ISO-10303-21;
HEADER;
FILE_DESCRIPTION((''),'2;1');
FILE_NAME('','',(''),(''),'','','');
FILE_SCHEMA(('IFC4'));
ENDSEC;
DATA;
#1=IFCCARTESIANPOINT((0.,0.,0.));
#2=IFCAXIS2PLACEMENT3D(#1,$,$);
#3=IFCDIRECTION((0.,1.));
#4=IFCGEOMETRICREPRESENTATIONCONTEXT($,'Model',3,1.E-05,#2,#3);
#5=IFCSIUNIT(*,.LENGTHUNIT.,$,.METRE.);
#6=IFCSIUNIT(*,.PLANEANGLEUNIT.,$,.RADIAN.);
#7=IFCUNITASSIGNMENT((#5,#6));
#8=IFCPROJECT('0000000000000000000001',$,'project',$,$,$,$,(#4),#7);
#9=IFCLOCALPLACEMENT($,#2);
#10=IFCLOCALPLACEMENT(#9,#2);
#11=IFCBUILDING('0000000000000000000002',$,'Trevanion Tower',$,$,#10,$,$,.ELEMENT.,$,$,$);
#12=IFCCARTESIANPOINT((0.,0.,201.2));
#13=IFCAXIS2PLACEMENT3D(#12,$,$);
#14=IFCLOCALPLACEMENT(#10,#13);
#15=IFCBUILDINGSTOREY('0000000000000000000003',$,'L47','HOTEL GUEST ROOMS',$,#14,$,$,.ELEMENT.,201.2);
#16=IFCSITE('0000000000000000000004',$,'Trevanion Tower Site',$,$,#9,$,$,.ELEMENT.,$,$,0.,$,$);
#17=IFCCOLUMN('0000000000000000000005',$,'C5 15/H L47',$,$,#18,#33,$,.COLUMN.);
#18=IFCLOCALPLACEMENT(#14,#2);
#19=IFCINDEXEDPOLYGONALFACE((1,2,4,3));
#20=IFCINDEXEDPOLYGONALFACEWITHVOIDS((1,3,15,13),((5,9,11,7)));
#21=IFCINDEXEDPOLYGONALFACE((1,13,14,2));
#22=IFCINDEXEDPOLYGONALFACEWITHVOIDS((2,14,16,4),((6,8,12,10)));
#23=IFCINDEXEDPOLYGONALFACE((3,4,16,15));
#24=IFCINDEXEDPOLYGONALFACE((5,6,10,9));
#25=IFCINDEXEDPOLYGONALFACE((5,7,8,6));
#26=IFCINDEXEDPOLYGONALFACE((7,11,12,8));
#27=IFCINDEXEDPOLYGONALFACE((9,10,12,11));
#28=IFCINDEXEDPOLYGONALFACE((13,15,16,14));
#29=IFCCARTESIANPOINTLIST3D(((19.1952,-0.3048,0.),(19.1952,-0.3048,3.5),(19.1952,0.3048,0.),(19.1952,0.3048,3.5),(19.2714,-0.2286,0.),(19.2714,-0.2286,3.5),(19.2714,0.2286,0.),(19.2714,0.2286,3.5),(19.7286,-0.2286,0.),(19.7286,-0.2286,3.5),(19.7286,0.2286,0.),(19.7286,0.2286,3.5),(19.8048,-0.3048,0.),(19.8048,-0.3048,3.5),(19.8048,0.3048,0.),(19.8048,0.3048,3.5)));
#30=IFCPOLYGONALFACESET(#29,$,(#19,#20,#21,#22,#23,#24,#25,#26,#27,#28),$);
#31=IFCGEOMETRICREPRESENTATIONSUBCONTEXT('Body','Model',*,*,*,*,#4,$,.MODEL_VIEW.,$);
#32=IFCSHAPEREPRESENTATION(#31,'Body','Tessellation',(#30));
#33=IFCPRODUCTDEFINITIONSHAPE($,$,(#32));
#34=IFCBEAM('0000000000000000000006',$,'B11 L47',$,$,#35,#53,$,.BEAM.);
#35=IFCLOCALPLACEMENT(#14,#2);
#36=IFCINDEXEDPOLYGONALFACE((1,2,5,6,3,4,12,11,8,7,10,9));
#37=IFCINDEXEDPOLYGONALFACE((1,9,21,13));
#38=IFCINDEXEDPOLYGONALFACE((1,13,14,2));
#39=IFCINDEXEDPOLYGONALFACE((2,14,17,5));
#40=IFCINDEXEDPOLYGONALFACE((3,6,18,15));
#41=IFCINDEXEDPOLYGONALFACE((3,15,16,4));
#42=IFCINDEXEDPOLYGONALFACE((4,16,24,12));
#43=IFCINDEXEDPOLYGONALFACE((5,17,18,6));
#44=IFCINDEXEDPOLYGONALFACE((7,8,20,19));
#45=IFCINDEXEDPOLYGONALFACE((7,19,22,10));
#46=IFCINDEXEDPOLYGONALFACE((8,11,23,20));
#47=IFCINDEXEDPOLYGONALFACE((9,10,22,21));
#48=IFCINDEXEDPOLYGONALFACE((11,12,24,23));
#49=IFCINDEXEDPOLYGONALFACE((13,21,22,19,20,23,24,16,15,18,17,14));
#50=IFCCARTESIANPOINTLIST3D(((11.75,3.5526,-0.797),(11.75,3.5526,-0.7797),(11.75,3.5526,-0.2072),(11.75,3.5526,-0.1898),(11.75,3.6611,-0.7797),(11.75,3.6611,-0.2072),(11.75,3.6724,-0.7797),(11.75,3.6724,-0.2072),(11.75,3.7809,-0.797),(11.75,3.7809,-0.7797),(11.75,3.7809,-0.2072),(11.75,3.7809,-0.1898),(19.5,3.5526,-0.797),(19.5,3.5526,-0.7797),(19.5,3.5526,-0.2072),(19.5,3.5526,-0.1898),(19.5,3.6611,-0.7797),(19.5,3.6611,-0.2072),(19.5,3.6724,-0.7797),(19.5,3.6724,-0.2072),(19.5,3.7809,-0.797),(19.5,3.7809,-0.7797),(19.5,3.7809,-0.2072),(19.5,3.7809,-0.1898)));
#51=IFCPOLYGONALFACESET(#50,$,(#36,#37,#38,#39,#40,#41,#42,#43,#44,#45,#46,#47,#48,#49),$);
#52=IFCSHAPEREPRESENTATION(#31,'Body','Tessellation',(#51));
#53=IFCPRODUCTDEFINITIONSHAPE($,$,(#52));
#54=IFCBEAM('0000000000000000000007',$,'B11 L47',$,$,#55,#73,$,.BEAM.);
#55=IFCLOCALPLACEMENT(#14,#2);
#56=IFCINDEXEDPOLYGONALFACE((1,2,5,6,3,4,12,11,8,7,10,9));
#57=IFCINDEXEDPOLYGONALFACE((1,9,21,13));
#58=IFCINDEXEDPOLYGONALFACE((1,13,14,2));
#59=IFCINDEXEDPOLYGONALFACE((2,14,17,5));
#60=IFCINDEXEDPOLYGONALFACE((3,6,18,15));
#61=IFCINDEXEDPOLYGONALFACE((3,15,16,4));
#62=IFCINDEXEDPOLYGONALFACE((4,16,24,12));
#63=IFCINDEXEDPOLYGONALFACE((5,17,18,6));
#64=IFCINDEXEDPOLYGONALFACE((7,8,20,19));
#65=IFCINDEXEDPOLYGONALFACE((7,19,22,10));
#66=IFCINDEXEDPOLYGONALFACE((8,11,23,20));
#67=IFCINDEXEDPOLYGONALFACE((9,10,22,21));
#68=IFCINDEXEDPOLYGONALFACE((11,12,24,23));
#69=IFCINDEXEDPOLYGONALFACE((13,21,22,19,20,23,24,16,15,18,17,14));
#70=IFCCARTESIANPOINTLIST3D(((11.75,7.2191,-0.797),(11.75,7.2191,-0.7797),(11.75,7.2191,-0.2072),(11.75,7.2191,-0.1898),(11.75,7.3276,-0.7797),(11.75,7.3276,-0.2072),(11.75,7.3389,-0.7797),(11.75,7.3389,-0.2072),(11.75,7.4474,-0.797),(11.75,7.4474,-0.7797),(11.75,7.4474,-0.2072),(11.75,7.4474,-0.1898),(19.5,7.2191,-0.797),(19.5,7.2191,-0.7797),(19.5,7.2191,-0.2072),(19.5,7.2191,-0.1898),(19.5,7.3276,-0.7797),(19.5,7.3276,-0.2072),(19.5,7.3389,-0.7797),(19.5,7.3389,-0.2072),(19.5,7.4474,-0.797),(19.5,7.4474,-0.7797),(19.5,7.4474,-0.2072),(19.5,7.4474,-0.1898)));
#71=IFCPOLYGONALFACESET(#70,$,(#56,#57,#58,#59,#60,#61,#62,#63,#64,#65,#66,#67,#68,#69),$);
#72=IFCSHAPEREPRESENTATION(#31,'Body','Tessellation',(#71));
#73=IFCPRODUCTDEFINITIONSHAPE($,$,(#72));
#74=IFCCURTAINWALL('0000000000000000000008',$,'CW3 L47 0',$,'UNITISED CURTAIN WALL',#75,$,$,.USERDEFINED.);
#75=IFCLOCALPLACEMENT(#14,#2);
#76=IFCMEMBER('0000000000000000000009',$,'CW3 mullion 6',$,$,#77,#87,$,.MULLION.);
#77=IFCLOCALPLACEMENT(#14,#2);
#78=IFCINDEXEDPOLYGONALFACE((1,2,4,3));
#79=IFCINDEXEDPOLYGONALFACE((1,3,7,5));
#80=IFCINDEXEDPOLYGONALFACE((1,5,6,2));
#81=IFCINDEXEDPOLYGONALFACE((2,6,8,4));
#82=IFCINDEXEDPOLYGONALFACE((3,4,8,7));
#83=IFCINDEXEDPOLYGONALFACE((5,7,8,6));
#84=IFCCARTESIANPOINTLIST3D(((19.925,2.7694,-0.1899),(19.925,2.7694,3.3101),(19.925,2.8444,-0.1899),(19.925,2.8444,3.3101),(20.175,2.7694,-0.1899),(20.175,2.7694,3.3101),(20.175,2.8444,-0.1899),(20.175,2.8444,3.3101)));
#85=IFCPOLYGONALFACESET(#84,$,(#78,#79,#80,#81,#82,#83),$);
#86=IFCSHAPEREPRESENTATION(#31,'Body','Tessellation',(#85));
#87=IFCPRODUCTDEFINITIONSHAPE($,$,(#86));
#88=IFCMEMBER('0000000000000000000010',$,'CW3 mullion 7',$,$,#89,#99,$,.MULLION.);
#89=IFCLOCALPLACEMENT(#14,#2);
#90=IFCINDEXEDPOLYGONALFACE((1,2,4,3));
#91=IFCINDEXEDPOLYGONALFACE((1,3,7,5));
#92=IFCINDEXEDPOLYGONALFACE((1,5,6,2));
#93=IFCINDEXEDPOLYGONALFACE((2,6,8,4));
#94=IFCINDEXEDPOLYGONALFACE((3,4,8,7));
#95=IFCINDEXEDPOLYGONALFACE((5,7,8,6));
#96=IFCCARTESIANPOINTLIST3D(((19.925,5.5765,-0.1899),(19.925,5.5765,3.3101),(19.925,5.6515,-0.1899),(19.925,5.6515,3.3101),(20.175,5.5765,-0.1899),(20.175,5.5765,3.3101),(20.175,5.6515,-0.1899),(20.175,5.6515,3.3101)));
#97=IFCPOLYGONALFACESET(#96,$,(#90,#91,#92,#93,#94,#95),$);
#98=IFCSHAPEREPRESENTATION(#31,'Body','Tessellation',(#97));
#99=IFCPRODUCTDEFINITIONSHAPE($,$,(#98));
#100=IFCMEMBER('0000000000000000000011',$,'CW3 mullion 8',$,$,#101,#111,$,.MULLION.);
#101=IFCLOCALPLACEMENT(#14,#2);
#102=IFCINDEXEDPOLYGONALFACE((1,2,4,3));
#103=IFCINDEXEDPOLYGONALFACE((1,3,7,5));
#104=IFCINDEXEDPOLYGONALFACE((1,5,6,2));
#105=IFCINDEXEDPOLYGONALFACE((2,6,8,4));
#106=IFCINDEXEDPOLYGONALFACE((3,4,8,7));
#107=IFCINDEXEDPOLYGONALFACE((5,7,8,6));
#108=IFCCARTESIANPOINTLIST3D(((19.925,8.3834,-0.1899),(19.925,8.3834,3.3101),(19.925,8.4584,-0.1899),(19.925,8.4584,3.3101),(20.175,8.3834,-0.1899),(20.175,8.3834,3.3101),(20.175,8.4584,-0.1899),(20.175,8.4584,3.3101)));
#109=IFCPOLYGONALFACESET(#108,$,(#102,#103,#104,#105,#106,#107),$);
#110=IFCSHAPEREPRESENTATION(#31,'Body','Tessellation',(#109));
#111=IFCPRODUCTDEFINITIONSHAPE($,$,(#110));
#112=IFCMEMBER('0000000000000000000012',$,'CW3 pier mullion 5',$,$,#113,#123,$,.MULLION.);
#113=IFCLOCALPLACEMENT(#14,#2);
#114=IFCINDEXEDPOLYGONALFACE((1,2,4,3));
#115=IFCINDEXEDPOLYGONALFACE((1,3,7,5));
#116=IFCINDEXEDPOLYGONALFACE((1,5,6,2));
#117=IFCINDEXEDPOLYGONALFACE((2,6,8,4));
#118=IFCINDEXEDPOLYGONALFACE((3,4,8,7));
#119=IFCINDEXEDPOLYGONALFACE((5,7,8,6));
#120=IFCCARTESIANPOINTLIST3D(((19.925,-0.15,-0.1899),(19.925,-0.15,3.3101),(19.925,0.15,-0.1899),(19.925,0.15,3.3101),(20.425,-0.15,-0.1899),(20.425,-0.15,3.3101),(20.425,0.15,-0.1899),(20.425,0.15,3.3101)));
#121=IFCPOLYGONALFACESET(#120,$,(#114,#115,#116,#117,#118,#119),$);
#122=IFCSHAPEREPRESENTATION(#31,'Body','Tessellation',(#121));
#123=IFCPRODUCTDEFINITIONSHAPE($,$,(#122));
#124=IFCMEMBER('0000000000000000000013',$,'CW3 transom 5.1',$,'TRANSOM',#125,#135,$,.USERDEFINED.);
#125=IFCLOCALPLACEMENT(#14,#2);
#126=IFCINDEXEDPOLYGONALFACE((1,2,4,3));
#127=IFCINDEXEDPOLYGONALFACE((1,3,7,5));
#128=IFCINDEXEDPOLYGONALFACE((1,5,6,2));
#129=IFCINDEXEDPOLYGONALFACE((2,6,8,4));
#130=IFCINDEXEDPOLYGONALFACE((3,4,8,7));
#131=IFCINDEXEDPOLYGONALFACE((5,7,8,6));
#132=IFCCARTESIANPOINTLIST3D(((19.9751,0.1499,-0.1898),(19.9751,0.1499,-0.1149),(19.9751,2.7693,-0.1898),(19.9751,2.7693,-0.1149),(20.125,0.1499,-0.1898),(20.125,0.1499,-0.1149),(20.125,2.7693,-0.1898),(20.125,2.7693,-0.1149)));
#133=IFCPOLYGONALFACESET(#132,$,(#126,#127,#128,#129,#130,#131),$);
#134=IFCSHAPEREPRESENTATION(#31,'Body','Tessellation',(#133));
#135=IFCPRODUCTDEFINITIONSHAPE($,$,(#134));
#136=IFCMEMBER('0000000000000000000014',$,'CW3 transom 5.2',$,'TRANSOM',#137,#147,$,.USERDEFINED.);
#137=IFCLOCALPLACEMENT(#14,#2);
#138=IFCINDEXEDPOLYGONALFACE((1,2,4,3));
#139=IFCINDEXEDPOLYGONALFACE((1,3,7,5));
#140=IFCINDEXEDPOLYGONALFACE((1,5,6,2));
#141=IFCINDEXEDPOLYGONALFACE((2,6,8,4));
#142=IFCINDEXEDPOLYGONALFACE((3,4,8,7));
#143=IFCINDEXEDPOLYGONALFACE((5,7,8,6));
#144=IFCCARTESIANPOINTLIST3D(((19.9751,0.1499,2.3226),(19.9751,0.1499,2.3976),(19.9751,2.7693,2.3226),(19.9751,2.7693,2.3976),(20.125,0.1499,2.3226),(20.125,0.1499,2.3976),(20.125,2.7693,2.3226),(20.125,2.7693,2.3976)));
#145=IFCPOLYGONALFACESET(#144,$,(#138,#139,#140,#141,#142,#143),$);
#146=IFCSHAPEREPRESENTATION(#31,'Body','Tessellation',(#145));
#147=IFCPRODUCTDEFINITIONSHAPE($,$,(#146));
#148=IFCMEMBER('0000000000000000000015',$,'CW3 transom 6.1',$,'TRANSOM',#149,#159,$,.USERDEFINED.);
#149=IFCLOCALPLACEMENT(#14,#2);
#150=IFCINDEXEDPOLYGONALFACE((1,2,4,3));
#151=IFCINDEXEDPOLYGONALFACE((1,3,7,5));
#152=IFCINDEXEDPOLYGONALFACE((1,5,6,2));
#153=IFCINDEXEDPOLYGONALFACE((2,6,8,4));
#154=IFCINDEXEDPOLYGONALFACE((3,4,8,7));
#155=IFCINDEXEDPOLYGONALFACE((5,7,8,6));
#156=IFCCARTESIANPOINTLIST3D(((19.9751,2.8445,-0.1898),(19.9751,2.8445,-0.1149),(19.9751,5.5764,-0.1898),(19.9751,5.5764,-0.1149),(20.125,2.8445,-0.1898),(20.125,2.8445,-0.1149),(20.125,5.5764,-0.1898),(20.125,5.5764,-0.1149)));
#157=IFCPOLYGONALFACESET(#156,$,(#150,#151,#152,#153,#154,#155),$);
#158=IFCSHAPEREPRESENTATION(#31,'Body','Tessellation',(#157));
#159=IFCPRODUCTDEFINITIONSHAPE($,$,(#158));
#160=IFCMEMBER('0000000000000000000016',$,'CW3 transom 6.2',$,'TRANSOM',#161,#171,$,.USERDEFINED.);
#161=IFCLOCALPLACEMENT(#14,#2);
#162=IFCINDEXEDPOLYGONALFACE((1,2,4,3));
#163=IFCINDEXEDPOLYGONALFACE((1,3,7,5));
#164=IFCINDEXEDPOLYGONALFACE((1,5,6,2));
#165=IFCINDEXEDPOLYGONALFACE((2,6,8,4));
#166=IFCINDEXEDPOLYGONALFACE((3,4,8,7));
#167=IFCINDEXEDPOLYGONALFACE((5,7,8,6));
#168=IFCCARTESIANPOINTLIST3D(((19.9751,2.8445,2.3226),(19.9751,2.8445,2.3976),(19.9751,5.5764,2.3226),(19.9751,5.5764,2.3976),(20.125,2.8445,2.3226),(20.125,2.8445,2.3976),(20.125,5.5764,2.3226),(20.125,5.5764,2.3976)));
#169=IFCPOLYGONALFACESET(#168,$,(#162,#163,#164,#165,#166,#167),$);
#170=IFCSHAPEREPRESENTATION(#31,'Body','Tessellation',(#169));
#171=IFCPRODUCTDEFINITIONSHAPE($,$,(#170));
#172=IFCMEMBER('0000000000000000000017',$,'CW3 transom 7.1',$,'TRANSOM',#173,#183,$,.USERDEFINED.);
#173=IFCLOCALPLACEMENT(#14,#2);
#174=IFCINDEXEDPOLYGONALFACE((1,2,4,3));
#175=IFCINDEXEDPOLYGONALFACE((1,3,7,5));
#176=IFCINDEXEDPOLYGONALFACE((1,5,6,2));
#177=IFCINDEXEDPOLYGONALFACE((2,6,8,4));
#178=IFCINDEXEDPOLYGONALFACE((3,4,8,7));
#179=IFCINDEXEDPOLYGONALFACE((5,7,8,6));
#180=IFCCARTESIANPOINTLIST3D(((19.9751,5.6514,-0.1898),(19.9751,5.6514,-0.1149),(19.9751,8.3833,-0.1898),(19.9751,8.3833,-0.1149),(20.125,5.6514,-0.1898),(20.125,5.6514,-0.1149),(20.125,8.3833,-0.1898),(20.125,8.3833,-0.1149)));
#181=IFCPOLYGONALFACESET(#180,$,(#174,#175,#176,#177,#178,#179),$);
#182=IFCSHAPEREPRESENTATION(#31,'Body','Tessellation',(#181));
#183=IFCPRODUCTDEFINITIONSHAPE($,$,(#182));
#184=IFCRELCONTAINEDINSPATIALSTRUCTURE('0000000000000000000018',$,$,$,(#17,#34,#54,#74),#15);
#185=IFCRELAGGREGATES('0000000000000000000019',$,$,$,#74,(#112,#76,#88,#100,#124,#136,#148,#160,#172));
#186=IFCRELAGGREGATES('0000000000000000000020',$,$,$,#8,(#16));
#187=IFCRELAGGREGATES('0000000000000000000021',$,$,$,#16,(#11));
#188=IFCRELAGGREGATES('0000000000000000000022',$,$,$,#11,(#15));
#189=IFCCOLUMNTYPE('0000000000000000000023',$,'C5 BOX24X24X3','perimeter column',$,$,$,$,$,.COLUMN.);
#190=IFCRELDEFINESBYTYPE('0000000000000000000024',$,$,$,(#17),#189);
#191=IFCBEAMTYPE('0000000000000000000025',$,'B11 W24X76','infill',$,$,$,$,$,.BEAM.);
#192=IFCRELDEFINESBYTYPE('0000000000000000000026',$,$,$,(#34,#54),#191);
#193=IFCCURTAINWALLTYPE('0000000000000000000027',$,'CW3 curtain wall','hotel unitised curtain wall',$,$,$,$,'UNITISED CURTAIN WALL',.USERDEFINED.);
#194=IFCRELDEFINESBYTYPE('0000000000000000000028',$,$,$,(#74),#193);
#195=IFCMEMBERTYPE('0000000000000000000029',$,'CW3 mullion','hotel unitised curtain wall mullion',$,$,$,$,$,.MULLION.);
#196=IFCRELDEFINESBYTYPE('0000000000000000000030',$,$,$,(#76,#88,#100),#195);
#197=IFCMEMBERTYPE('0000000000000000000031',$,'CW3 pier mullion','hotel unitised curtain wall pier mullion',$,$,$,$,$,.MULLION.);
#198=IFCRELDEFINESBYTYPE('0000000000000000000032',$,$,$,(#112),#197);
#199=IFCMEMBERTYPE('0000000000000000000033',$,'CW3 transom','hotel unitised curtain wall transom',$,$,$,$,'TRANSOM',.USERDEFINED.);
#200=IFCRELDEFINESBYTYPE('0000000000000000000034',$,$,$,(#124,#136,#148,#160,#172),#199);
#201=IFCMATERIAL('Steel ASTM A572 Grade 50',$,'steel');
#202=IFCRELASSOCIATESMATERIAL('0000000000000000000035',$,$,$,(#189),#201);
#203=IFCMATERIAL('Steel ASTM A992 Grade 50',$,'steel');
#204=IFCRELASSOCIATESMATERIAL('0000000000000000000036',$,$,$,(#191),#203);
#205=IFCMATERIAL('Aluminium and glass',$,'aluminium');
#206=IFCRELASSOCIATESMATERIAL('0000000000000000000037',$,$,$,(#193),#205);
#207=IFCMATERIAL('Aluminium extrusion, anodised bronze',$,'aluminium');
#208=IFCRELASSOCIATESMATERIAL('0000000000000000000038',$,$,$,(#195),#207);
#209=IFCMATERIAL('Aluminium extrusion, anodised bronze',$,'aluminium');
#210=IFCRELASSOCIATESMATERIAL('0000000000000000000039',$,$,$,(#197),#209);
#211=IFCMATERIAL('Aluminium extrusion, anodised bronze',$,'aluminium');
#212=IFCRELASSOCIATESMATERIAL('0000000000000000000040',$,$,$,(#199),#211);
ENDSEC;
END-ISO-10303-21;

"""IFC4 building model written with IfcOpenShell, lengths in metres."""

from ifc_helpers import new_model, si_unit, direction, frame, origin, origin_2d, place, context, subcontext, project, spatial, rectangle, hollow_rectangle, i_section, extrude, material, material_profile, profile_set, type_object, element, aggregate, save


model = new_model("IFC4")

# Units and contexts
model_context = context("Model", 3, precision=1e-05, world=origin(), true_north=direction((0.0, 1.0)))
body_context = subcontext(model_context, "Body", "Model", "MODEL_VIEW")
ifc_project = project(units=[si_unit("LENGTHUNIT", "METRE"), si_unit("PLANEANGLEUNIT", "RADIAN")], contexts=[model_context])

# Site, building, storey
site_placement = place(None, origin())
site = spatial("IfcSite", under=ifc_project, at=site_placement, Name="Trevanion Tower Site", CompositionType="ELEMENT", RefElevation=0.0)
building_placement = place(site_placement, origin())
building = spatial("IfcBuilding", under=site, at=building_placement, Name="Trevanion Tower", CompositionType="ELEMENT")
storey_placement = place(building_placement, frame((0.0, 0.0, 201.2)))
storey = spatial("IfcBuildingStorey", under=building, at=storey_placement, Name="L47", Description="HOTEL GUEST ROOMS", CompositionType="ELEMENT", Elevation=201.2)

# Column
ifc_material_1 = material(Name="Steel ASTM A572 Grade 50", Category="steel")
ifc_material_profile_1 = material_profile(ifc_material_1, hollow_rectangle(XDim=0.6096, YDim=0.6096, WallThickness=0.0762, at=origin_2d()), Name="BOX24X24X3")
ifc_profile_set_1 = profile_set([ifc_material_profile_1], Name="Steel ASTM A572 Grade 50")
column_type = type_object("IfcColumnType", Name="C5 BOX24X24X3", Description="perimeter column", PredefinedType="COLUMN", material=ifc_profile_set_1)
column_placement = place(storey_placement, frame((19.5, 0.0, 0.0), z_axis=(0.0, 0.0, 1.0), x_axis=(0.0, 1.0, 0.0)))
element("IfcColumn", 1, at=column_placement, inside=storey, type_object=column_type, Name="C5 15/H L47", PredefinedType="COLUMN", context=body_context, shape_type="SweptSolid", body=[
    extrude(hollow_rectangle(XDim=0.6096, YDim=0.6096, WallThickness=0.0762, at=origin_2d()), origin(), (0.0, 0.0, 1.0), 3.5),
])

# Beams
ifc_material_2 = material(Name="Steel ASTM A992 Grade 50", Category="steel")
ifc_material_profile_2 = material_profile(ifc_material_2, i_section(OverallWidth=0.2283, OverallDepth=0.6072, WebThickness=0.0112, FlangeThickness=0.0173, at=origin_2d()), Name="W24X76")
ifc_profile_set_2 = profile_set([ifc_material_profile_2], Name="Steel ASTM A992 Grade 50")
beam_type_1 = type_object("IfcBeamType", Name="B11 W24X76", Description="infill", PredefinedType="BEAM", material=ifc_profile_set_2)
for number, where, z_axis, x_axis, name in (
    (2, (11.75, 3.6667, -0.4934), (1.0, 0.0, 0.0), (0.0, 1.0, 0.0), "B11 L47"),
    (3, (11.75, 7.3333, -0.4934), (1.0, 0.0, 0.0), (0.0, 1.0, 0.0), "B11 L47"),
):
    element("IfcBeam", number, at=place(storey_placement, frame(where, z_axis=z_axis, x_axis=x_axis)), inside=storey, type_object=beam_type_1, Name=name, PredefinedType="BEAM", context=body_context, shape_type="SweptSolid", body=[
        extrude(i_section(OverallWidth=0.2283, OverallDepth=0.6072, WebThickness=0.0112, FlangeThickness=0.0173, at=origin_2d()), origin(), (0.0, 0.0, 1.0), 7.75),
    ])

# Curtain wall, members
ifc_material_3 = material(Name="Aluminium and glass", Category="aluminium")
curtain_wall_type = type_object("IfcCurtainWallType", Name="CW3 curtain wall", Description="hotel unitised curtain wall", ElementType="UNITISED CURTAIN WALL", PredefinedType="USERDEFINED", material=ifc_material_3)
curtain_wall_placement = place(storey_placement, origin())
curtain_wall = element("IfcCurtainWall", 4, at=curtain_wall_placement, inside=storey, type_object=curtain_wall_type, Name="CW3 L47 0", ObjectType="UNITISED CURTAIN WALL", PredefinedType="USERDEFINED")
ifc_material_4 = material(Name="Aluminium extrusion, anodised bronze", Category="aluminium")
ifc_material_profile_3 = material_profile(ifc_material_4, rectangle(XDim=0.075, YDim=0.25, at=origin_2d()), Name="CW3 mullion")
ifc_profile_set_3 = profile_set([ifc_material_profile_3], Name="Aluminium extrusion, anodised bronze")
member_type_1 = type_object("IfcMemberType", Name="CW3 mullion", Description="hotel unitised curtain wall mullion", PredefinedType="MULLION", material=ifc_profile_set_3)
member_1_placement = place(storey_placement, frame((20.05, 2.8069, -0.1899), z_axis=(0.0, 0.0, 1.0), x_axis=(0.0, 1.0, 0.0)))
member_1 = element("IfcMember", 5, at=member_1_placement, type_object=member_type_1, Name="CW3 mullion 6", PredefinedType="MULLION", context=body_context, shape_type="SweptSolid", body=[
    extrude(rectangle(XDim=0.075, YDim=0.25, at=origin_2d()), origin(), (0.0, 0.0, 1.0), 3.5),
])
member_2_placement = place(storey_placement, frame((20.05, 5.614, -0.1899), z_axis=(0.0, 0.0, 1.0), x_axis=(0.0, 1.0, 0.0)))
member_2 = element("IfcMember", 6, at=member_2_placement, type_object=member_type_1, Name="CW3 mullion 7", PredefinedType="MULLION", context=body_context, shape_type="SweptSolid", body=[
    extrude(rectangle(XDim=0.075, YDim=0.25, at=origin_2d()), origin(), (0.0, 0.0, 1.0), 3.5),
])
member_3_placement = place(storey_placement, frame((20.05, 8.4209, -0.1899), z_axis=(0.0, 0.0, 1.0), x_axis=(0.0, 1.0, 0.0)))
member_3 = element("IfcMember", 7, at=member_3_placement, type_object=member_type_1, Name="CW3 mullion 8", PredefinedType="MULLION", context=body_context, shape_type="SweptSolid", body=[
    extrude(rectangle(XDim=0.075, YDim=0.25, at=origin_2d()), origin(), (0.0, 0.0, 1.0), 3.5),
])
ifc_material_5 = material(Name="Aluminium extrusion, anodised bronze", Category="aluminium")
ifc_material_profile_4 = material_profile(ifc_material_5, rectangle(XDim=0.3, YDim=0.5, at=origin_2d()), Name="CW3 pier mullion")
ifc_profile_set_4 = profile_set([ifc_material_profile_4], Name="Aluminium extrusion, anodised bronze")
member_type_2 = type_object("IfcMemberType", Name="CW3 pier mullion", Description="hotel unitised curtain wall pier mullion", PredefinedType="MULLION", material=ifc_profile_set_4)
member_4_placement = place(storey_placement, frame((20.175, 0.0, -0.1899), z_axis=(0.0, 0.0, 1.0), x_axis=(0.0, 1.0, 0.0)))
member_4 = element("IfcMember", 8, at=member_4_placement, type_object=member_type_2, Name="CW3 pier mullion 5", PredefinedType="MULLION", context=body_context, shape_type="SweptSolid", body=[
    extrude(rectangle(XDim=0.3, YDim=0.5, at=origin_2d()), origin(), (0.0, 0.0, 1.0), 3.5),
])
ifc_material_6 = material(Name="Aluminium extrusion, anodised bronze", Category="aluminium")
ifc_material_profile_5 = material_profile(ifc_material_6, rectangle(XDim=0.1499, YDim=0.075, at=origin_2d()), Name="CW3 transom")
ifc_profile_set_5 = profile_set([ifc_material_profile_5], Name="Aluminium extrusion, anodised bronze")
member_type_3 = type_object("IfcMemberType", Name="CW3 transom", Description="hotel unitised curtain wall transom", ElementType="TRANSOM", PredefinedType="USERDEFINED", material=ifc_profile_set_5)
member_5_placement = place(storey_placement, frame((20.05, 0.1499, -0.1523), z_axis=(0.0, 1.0, 0.0), x_axis=(-1.0, 0.0, 0.0)))
member_5 = element("IfcMember", 9, at=member_5_placement, type_object=member_type_3, Name="CW3 transom 5.1", ObjectType="TRANSOM", PredefinedType="USERDEFINED", context=body_context, shape_type="SweptSolid", body=[
    extrude(rectangle(XDim=0.1499, YDim=0.075, at=origin_2d()), origin(), (0.0, 0.0, 1.0), 2.6194),
])
member_6_placement = place(storey_placement, frame((20.05, 0.1499, 2.3601), z_axis=(0.0, 1.0, 0.0), x_axis=(-1.0, 0.0, 0.0)))
member_6 = element("IfcMember", 10, at=member_6_placement, type_object=member_type_3, Name="CW3 transom 5.2", ObjectType="TRANSOM", PredefinedType="USERDEFINED", context=body_context, shape_type="SweptSolid", body=[
    extrude(rectangle(XDim=0.1499, YDim=0.075, at=origin_2d()), origin(), (0.0, 0.0, 1.0), 2.6194),
])
member_7_placement = place(storey_placement, frame((20.05, 2.8445, -0.1523), z_axis=(0.0, 1.0, 0.0), x_axis=(-1.0, 0.0, 0.0)))
member_7 = element("IfcMember", 11, at=member_7_placement, type_object=member_type_3, Name="CW3 transom 6.1", ObjectType="TRANSOM", PredefinedType="USERDEFINED", context=body_context, shape_type="SweptSolid", body=[
    extrude(rectangle(XDim=0.1499, YDim=0.075, at=origin_2d()), origin(), (0.0, 0.0, 1.0), 2.7319),
])
member_8_placement = place(storey_placement, frame((20.05, 2.8445, 2.3601), z_axis=(0.0, 1.0, 0.0), x_axis=(-1.0, 0.0, 0.0)))
member_8 = element("IfcMember", 12, at=member_8_placement, type_object=member_type_3, Name="CW3 transom 6.2", ObjectType="TRANSOM", PredefinedType="USERDEFINED", context=body_context, shape_type="SweptSolid", body=[
    extrude(rectangle(XDim=0.1499, YDim=0.075, at=origin_2d()), origin(), (0.0, 0.0, 1.0), 2.7319),
])
member_9_placement = place(storey_placement, frame((20.05, 5.6514, -0.1523), z_axis=(0.0, 1.0, 0.0), x_axis=(-1.0, 0.0, 0.0)))
member_9 = element("IfcMember", 13, at=member_9_placement, type_object=member_type_3, Name="CW3 transom 7.1", ObjectType="TRANSOM", PredefinedType="USERDEFINED", context=body_context, shape_type="SweptSolid", body=[
    extrude(rectangle(XDim=0.1499, YDim=0.075, at=origin_2d()), origin(), (0.0, 0.0, 1.0), 2.7319),
])

aggregate(curtain_wall, [member_4, member_1, member_2, member_3, member_5, member_6, member_7, member_8, member_9])

save(model, "model.ifc")
